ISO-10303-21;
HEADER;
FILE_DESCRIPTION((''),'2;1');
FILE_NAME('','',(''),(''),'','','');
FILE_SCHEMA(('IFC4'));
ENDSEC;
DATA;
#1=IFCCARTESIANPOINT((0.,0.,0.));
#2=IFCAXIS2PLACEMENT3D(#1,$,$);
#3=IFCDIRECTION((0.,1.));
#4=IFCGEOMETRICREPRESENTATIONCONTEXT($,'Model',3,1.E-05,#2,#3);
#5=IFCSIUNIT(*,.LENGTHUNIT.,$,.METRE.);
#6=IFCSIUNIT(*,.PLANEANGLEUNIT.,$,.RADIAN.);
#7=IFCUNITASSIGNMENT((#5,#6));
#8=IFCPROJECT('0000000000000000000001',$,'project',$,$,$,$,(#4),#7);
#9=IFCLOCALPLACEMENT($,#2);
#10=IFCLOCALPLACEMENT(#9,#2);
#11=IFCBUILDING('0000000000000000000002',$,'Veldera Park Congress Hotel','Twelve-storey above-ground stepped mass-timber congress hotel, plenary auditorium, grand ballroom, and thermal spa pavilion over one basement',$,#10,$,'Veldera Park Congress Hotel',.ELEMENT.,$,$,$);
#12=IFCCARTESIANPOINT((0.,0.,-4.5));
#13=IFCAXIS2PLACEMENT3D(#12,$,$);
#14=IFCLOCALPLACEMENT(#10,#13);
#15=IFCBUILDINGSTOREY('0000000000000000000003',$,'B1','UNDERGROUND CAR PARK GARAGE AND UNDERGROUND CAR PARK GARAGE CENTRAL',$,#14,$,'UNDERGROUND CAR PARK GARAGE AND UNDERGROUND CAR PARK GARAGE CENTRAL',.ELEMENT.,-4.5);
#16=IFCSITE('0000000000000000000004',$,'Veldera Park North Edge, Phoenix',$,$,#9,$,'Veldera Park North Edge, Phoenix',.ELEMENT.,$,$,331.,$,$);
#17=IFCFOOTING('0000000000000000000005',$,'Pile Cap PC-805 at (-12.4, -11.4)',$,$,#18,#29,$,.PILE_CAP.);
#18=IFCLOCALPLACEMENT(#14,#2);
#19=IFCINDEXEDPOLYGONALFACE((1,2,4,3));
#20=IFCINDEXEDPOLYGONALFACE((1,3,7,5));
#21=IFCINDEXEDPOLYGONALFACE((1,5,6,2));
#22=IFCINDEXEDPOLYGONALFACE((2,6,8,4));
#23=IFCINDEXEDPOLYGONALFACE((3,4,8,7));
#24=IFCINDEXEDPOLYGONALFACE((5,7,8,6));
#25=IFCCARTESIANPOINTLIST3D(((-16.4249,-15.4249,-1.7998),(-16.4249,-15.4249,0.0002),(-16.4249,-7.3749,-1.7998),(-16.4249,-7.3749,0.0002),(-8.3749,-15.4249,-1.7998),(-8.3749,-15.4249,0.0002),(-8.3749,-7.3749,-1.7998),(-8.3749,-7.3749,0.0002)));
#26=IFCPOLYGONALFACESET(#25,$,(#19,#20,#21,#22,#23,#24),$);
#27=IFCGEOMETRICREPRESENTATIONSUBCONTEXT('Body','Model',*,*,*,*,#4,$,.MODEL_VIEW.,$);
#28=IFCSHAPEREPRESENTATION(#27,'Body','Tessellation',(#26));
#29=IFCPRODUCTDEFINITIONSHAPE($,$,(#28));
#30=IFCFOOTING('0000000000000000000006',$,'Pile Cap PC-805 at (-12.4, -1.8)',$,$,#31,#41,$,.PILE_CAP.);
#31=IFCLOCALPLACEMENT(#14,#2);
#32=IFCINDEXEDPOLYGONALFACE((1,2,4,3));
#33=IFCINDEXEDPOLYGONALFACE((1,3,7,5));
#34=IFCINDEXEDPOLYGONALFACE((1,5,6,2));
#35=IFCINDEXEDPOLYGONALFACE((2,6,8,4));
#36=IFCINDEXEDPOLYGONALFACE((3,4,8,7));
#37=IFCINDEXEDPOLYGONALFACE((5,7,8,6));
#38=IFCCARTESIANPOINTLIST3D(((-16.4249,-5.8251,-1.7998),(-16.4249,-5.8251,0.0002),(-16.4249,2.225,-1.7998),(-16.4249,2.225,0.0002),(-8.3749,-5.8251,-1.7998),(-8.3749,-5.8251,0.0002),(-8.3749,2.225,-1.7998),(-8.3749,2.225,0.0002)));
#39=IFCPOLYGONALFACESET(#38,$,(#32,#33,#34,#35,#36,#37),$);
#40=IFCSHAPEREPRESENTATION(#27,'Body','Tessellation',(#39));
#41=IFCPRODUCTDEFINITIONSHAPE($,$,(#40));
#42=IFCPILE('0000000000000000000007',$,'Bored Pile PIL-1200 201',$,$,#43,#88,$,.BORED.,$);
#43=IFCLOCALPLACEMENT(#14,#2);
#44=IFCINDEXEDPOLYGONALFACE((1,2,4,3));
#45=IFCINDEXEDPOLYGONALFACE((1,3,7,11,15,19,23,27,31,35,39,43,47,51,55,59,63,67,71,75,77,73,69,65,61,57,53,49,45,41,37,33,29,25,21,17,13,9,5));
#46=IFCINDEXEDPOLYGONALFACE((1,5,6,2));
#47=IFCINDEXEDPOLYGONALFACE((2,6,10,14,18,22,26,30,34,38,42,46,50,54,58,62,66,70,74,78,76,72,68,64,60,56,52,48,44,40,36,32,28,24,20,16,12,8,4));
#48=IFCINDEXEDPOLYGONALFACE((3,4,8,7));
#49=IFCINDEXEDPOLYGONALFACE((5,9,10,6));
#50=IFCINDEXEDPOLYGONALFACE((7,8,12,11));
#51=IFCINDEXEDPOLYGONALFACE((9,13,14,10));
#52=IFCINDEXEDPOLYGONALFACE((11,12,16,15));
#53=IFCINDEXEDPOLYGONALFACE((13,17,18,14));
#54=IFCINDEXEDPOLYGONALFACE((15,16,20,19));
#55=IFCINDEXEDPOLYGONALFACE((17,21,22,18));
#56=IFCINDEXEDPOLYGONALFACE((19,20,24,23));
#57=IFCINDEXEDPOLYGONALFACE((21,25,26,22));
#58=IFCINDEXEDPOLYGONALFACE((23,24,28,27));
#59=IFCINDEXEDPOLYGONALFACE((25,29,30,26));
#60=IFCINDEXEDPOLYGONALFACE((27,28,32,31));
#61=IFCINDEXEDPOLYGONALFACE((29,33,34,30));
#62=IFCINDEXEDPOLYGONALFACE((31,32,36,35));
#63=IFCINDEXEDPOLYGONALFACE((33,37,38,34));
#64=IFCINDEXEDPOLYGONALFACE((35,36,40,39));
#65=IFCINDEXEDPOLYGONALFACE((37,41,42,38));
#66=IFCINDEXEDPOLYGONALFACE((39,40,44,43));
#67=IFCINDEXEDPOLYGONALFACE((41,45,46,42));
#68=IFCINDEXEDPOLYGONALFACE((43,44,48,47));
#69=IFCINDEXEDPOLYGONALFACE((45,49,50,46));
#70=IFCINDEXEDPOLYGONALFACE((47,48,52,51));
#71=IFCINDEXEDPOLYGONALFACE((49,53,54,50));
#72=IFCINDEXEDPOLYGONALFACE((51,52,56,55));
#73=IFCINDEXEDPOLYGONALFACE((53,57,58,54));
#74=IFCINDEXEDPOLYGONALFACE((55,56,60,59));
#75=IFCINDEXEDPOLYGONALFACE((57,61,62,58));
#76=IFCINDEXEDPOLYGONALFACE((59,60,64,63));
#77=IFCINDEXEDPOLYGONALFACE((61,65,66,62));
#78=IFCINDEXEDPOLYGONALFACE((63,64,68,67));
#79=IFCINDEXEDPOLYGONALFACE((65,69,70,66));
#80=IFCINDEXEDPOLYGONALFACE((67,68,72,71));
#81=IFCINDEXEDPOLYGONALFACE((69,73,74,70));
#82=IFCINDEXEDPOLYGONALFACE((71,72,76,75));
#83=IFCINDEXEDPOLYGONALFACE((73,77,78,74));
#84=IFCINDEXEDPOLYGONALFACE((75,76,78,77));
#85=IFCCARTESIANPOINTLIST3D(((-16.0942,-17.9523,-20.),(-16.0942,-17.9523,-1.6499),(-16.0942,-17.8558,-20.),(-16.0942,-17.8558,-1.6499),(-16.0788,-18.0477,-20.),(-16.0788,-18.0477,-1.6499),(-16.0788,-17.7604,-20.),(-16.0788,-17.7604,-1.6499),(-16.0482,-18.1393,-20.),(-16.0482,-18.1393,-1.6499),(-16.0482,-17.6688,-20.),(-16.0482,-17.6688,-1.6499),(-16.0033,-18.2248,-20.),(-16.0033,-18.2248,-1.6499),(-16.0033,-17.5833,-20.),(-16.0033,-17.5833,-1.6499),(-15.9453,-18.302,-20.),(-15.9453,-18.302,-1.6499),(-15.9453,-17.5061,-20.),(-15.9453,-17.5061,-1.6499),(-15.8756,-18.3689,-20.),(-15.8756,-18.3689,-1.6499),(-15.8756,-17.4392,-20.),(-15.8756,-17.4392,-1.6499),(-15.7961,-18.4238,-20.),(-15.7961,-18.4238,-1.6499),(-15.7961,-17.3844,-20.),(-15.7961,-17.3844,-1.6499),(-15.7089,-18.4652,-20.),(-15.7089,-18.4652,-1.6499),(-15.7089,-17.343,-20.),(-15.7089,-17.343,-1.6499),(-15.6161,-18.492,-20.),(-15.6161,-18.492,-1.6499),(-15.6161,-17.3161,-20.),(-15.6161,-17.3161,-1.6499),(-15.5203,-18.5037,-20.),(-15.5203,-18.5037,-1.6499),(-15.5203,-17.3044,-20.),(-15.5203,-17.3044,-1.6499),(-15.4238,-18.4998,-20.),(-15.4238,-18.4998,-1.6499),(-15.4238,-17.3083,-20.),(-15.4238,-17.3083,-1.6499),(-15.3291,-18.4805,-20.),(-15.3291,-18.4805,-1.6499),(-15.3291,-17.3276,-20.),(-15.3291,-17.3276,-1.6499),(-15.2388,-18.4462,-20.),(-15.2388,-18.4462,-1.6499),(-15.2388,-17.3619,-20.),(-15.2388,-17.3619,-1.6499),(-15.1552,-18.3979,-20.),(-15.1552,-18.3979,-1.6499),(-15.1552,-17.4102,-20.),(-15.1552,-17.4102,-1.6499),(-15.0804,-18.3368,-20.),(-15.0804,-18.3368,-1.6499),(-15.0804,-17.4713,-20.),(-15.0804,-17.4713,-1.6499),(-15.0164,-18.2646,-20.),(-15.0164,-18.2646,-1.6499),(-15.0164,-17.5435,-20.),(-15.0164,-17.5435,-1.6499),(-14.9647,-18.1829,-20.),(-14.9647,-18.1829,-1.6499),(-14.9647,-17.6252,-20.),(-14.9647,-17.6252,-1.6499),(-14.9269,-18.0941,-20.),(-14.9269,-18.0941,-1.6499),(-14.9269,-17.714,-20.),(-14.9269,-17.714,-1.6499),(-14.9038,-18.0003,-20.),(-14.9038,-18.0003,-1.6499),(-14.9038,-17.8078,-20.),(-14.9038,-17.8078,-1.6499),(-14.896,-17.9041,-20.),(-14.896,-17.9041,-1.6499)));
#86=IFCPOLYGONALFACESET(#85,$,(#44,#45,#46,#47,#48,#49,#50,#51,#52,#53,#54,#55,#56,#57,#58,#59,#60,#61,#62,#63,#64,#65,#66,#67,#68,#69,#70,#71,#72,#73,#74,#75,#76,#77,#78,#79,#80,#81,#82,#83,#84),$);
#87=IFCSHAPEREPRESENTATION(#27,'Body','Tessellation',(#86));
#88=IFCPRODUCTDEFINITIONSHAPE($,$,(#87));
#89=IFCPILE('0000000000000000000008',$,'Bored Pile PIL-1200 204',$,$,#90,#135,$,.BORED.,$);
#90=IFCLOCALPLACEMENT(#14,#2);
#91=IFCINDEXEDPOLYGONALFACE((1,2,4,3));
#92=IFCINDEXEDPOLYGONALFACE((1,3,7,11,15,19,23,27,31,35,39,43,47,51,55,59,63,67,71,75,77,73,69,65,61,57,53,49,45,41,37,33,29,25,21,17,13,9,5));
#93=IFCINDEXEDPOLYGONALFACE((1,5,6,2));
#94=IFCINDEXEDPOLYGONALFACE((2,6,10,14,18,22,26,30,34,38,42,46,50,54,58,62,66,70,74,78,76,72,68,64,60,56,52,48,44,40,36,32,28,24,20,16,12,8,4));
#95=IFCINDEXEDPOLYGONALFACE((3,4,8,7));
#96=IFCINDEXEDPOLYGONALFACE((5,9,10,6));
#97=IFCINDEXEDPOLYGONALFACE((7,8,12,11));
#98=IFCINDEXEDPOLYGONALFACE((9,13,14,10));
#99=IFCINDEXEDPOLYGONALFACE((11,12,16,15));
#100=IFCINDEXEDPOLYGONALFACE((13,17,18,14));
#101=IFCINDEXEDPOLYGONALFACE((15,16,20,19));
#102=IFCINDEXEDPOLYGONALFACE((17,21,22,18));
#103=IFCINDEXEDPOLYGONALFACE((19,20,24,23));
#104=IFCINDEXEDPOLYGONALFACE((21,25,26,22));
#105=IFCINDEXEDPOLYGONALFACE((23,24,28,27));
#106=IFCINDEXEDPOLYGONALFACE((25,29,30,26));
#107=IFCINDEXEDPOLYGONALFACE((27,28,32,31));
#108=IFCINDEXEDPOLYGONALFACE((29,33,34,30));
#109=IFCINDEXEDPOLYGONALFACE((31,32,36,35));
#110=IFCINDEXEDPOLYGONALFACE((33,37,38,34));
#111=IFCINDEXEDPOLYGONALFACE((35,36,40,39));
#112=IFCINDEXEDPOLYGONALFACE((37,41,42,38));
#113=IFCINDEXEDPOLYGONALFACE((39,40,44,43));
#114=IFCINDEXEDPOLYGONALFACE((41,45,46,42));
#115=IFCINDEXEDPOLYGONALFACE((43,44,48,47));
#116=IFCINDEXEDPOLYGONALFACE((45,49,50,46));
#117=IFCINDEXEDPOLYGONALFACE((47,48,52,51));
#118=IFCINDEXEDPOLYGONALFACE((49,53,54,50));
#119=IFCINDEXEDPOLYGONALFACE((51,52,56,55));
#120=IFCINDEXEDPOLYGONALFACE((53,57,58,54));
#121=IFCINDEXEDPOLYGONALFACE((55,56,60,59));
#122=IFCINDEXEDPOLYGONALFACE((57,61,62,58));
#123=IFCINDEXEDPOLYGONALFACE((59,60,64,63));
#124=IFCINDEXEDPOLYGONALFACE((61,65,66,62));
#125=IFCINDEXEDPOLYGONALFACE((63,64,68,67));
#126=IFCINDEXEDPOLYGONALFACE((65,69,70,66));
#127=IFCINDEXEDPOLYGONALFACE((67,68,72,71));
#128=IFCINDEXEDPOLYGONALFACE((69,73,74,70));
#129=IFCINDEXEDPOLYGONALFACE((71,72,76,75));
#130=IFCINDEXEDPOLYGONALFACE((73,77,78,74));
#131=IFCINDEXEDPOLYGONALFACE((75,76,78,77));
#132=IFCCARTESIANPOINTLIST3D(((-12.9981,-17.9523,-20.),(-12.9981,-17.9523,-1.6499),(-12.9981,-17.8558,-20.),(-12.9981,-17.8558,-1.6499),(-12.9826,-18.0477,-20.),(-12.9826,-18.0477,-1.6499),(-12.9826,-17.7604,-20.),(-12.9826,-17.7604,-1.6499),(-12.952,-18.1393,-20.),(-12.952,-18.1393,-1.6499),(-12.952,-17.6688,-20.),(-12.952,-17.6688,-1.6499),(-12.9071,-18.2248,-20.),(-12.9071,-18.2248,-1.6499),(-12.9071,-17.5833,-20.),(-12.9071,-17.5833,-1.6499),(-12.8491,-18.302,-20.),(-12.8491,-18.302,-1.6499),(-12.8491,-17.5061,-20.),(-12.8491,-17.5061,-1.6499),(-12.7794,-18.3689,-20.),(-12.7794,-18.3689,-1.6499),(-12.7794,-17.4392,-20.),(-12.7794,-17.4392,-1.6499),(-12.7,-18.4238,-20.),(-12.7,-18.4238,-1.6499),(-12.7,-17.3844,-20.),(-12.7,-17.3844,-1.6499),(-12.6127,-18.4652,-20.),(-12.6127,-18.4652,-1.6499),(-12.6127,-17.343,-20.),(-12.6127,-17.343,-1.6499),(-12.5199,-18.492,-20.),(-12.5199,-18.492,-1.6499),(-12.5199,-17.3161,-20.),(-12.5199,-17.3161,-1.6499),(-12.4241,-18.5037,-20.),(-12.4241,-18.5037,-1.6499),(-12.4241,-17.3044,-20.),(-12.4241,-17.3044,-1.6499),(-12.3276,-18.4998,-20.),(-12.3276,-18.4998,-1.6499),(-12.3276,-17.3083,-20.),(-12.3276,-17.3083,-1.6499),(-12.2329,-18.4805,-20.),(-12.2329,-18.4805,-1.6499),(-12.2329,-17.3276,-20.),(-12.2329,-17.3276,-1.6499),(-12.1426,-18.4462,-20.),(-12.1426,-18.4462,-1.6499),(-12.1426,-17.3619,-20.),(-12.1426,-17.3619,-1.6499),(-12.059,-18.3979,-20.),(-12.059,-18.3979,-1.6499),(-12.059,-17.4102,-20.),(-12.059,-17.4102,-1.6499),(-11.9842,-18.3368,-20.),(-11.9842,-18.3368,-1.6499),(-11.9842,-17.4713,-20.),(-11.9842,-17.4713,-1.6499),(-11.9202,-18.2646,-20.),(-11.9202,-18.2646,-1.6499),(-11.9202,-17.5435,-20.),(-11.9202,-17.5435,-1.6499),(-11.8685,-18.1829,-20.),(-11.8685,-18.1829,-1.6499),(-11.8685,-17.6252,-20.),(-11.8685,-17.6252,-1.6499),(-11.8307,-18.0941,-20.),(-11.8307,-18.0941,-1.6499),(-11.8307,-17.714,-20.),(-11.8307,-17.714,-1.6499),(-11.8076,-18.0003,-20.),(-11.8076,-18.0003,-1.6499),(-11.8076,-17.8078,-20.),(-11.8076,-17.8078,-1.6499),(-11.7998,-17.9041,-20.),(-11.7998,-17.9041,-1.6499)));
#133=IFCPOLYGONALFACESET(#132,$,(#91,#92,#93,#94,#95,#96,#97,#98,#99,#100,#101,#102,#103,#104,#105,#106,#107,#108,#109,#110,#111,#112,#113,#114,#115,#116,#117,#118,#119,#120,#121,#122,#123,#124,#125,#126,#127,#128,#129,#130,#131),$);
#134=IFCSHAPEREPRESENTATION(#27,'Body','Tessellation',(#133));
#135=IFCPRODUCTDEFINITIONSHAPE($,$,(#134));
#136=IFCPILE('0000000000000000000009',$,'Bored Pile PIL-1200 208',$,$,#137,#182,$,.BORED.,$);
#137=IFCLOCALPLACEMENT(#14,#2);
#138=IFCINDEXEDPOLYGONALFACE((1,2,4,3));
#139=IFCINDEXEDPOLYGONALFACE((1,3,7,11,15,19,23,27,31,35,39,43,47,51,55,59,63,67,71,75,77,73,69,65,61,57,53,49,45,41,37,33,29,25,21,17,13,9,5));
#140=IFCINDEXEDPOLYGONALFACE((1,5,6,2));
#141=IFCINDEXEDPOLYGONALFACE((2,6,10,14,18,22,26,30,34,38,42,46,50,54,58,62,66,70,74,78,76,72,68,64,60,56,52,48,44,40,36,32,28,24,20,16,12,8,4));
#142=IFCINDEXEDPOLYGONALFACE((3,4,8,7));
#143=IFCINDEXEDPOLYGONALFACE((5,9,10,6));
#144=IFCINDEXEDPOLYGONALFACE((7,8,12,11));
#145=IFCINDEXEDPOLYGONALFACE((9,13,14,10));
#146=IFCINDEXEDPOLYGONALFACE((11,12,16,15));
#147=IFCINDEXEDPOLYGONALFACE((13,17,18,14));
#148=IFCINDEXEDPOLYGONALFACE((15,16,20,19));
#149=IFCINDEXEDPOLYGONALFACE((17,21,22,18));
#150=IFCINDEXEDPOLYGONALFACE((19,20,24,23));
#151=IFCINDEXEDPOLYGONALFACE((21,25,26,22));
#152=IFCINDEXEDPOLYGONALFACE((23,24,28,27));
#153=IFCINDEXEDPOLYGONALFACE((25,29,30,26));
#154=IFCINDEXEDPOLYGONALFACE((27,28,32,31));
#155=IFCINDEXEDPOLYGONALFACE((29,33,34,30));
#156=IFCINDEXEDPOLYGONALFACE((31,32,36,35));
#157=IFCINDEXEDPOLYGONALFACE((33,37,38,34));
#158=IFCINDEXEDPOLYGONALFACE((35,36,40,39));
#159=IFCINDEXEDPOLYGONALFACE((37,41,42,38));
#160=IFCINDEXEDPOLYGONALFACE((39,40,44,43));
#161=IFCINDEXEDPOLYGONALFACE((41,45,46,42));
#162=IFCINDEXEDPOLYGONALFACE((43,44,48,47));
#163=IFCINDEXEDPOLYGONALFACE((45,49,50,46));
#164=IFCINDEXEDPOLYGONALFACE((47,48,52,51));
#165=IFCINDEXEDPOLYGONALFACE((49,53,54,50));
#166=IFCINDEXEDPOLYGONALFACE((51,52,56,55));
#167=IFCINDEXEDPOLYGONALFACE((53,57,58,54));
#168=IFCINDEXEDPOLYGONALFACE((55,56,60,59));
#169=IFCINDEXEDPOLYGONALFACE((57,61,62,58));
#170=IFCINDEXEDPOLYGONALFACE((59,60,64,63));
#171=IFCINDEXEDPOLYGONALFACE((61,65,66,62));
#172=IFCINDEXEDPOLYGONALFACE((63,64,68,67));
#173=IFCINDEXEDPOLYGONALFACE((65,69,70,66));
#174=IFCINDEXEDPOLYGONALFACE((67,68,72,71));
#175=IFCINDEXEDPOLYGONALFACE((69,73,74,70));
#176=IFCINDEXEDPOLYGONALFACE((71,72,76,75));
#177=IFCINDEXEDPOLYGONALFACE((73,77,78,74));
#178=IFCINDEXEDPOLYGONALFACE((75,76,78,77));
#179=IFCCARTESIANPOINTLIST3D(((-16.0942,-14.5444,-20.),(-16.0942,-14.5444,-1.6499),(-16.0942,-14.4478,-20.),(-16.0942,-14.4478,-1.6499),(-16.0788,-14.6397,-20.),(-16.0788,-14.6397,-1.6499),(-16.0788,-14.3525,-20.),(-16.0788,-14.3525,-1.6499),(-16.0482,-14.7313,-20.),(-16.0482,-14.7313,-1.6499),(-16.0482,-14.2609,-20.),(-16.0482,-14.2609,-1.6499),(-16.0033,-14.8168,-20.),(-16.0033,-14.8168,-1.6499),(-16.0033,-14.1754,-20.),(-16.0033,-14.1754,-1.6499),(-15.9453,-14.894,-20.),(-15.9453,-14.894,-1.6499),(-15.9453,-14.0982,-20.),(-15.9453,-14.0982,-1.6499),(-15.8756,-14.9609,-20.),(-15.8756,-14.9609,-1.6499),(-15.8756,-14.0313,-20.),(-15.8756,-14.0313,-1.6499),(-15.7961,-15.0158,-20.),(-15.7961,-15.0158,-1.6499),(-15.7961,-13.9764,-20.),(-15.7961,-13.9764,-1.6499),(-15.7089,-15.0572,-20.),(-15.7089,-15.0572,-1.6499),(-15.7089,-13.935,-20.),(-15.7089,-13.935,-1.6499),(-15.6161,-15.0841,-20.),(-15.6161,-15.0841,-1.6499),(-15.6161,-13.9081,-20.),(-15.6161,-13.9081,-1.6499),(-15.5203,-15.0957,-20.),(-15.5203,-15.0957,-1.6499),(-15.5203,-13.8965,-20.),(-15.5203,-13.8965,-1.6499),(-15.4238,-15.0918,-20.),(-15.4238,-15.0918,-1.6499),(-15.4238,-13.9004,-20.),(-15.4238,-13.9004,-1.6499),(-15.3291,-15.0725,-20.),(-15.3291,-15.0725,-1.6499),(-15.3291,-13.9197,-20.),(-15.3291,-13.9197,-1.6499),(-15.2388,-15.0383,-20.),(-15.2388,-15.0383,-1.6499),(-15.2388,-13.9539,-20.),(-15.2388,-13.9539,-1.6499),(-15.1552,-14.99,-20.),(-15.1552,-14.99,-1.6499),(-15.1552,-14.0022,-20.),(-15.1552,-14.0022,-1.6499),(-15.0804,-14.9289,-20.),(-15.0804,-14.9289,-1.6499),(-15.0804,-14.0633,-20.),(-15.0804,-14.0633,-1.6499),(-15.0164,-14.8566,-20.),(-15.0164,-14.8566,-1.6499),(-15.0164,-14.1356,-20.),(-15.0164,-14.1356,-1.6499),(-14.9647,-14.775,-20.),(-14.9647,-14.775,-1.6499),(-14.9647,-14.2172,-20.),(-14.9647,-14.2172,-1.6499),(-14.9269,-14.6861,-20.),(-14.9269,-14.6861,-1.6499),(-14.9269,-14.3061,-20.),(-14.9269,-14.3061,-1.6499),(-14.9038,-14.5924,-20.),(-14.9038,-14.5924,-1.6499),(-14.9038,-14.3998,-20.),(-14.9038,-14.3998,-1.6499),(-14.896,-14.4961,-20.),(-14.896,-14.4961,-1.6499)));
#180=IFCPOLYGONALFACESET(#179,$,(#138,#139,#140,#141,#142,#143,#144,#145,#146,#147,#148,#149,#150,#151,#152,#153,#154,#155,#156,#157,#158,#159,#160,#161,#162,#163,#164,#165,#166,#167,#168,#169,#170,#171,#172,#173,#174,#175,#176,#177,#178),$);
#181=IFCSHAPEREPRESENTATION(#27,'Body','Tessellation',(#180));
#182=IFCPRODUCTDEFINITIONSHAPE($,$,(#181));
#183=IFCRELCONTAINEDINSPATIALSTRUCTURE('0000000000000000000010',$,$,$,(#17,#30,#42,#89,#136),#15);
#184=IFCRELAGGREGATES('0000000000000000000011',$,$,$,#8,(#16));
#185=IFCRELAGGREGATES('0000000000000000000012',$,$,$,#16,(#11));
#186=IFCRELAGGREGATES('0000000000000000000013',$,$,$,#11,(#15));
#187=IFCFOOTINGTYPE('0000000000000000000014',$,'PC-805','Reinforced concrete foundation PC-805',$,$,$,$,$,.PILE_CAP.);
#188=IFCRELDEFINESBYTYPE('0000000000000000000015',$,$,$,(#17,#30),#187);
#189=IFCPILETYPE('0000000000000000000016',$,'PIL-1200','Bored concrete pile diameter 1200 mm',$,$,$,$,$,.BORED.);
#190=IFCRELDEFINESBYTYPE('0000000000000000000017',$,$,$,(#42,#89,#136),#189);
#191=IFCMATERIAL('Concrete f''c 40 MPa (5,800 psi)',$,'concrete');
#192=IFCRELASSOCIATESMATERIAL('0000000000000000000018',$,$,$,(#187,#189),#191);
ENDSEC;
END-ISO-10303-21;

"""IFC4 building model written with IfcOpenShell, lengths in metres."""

from ifc_helpers import new_model, si_unit, direction, frame, origin, origin_2d, place, context, subcontext, project, spatial, rectangle, circle, extrude, material, material_profile, profile_set, type_object, element, save


model = new_model("IFC4")

# Units and contexts
model_context = context("Model", 3, precision=1e-05, world=origin(), true_north=direction((0.0, 1.0)))
body_context = subcontext(model_context, "Body", "Model", "MODEL_VIEW")
ifc_project = project(units=[si_unit("LENGTHUNIT", "METRE"), si_unit("PLANEANGLEUNIT", "RADIAN")], contexts=[model_context])

# Site, building, storey
site_placement = place(None, origin())
site = spatial("IfcSite", under=ifc_project, at=site_placement, Name="Veldera Park North Edge, Phoenix", LongName="Veldera Park North Edge, Phoenix", CompositionType="ELEMENT", RefElevation=331.0)
building_placement = place(site_placement, origin())
building = spatial("IfcBuilding", under=site, at=building_placement, Name="Veldera Park Congress Hotel", Description="Twelve-storey above-ground stepped mass-timber congress hotel, plenary auditorium, grand ballroom, and thermal spa pavilion over one basement", LongName="Veldera Park Congress Hotel", CompositionType="ELEMENT")
storey_placement = place(building_placement, frame((0.0, 0.0, -4.5)))
storey = spatial("IfcBuildingStorey", under=building, at=storey_placement, Name="B1", Description="UNDERGROUND CAR PARK GARAGE AND UNDERGROUND CAR PARK GARAGE CENTRAL", LongName="UNDERGROUND CAR PARK GARAGE AND UNDERGROUND CAR PARK GARAGE CENTRAL", CompositionType="ELEMENT", Elevation=-4.5)

# Footings
ifc_material_1 = material(Name="Concrete f'c 40 MPa (5,800 psi)", Category="concrete")
footing_type = type_object("IfcFootingType", Name="PC-805", Description="Reinforced concrete foundation PC-805", PredefinedType="PILE_CAP", material=ifc_material_1)
for number, where, z_axis, x_axis, name in (
    (1, (-12.3999, -11.3999, -1.7998), (0.0, 0.0, 1.0), (1.0, 0.0, 0.0), "Pile Cap PC-805 at (-12.4, -11.4)"),
    (2, (-12.3999, -1.8, -1.7998), (0.0, 0.0, 1.0), (1.0, 0.0, 0.0), "Pile Cap PC-805 at (-12.4, -1.8)"),
):
    element("IfcFooting", number, at=place(storey_placement, frame(where, z_axis=z_axis, x_axis=x_axis)), inside=storey, type_object=footing_type, Name=name, PredefinedType="PILE_CAP", context=body_context, shape_type="SweptSolid", body=[
        extrude(rectangle(XDim=8.05, YDim=8.05, at=origin_2d()), origin(), (0.0, 0.0, 1.0), 1.8),
    ])

# Piles
ifc_material_profile_1 = material_profile(ifc_material_1, circle(Radius=0.6001, at=origin_2d()), Name="PILE D1200")
ifc_profile_set_1 = profile_set([ifc_material_profile_1], Name="Concrete f'c 40 MPa (5,800 psi)")
pile_type = type_object("IfcPileType", Name="PIL-1200", Description="Bored concrete pile diameter 1200 mm", PredefinedType="BORED", material=ifc_profile_set_1)
for number, where, z_axis, x_axis, name in (
    (3, (-15.4961, -17.9041, -1.6499), (0.0, 0.0, -1.0), (1.0, 0.0, 0.0), "Bored Pile PIL-1200 201"),
    (4, (-12.3999, -17.9041, -1.6499), (0.0, 0.0, -1.0), (1.0, 0.0, 0.0), "Bored Pile PIL-1200 204"),
    (5, (-15.4961, -14.4961, -1.6499), (0.0, 0.0, -1.0), (1.0, 0.0, 0.0), "Bored Pile PIL-1200 208"),
):
    element("IfcPile", number, at=place(storey_placement, frame(where, z_axis=z_axis, x_axis=x_axis)), inside=storey, type_object=pile_type, Name=name, PredefinedType="BORED", context=body_context, shape_type="SweptSolid", body=[
        extrude(circle(Radius=0.6001, at=origin_2d()), origin(), (0.0, 0.0, 1.0), 18.3501),
    ])

save(model, "model.ifc")
